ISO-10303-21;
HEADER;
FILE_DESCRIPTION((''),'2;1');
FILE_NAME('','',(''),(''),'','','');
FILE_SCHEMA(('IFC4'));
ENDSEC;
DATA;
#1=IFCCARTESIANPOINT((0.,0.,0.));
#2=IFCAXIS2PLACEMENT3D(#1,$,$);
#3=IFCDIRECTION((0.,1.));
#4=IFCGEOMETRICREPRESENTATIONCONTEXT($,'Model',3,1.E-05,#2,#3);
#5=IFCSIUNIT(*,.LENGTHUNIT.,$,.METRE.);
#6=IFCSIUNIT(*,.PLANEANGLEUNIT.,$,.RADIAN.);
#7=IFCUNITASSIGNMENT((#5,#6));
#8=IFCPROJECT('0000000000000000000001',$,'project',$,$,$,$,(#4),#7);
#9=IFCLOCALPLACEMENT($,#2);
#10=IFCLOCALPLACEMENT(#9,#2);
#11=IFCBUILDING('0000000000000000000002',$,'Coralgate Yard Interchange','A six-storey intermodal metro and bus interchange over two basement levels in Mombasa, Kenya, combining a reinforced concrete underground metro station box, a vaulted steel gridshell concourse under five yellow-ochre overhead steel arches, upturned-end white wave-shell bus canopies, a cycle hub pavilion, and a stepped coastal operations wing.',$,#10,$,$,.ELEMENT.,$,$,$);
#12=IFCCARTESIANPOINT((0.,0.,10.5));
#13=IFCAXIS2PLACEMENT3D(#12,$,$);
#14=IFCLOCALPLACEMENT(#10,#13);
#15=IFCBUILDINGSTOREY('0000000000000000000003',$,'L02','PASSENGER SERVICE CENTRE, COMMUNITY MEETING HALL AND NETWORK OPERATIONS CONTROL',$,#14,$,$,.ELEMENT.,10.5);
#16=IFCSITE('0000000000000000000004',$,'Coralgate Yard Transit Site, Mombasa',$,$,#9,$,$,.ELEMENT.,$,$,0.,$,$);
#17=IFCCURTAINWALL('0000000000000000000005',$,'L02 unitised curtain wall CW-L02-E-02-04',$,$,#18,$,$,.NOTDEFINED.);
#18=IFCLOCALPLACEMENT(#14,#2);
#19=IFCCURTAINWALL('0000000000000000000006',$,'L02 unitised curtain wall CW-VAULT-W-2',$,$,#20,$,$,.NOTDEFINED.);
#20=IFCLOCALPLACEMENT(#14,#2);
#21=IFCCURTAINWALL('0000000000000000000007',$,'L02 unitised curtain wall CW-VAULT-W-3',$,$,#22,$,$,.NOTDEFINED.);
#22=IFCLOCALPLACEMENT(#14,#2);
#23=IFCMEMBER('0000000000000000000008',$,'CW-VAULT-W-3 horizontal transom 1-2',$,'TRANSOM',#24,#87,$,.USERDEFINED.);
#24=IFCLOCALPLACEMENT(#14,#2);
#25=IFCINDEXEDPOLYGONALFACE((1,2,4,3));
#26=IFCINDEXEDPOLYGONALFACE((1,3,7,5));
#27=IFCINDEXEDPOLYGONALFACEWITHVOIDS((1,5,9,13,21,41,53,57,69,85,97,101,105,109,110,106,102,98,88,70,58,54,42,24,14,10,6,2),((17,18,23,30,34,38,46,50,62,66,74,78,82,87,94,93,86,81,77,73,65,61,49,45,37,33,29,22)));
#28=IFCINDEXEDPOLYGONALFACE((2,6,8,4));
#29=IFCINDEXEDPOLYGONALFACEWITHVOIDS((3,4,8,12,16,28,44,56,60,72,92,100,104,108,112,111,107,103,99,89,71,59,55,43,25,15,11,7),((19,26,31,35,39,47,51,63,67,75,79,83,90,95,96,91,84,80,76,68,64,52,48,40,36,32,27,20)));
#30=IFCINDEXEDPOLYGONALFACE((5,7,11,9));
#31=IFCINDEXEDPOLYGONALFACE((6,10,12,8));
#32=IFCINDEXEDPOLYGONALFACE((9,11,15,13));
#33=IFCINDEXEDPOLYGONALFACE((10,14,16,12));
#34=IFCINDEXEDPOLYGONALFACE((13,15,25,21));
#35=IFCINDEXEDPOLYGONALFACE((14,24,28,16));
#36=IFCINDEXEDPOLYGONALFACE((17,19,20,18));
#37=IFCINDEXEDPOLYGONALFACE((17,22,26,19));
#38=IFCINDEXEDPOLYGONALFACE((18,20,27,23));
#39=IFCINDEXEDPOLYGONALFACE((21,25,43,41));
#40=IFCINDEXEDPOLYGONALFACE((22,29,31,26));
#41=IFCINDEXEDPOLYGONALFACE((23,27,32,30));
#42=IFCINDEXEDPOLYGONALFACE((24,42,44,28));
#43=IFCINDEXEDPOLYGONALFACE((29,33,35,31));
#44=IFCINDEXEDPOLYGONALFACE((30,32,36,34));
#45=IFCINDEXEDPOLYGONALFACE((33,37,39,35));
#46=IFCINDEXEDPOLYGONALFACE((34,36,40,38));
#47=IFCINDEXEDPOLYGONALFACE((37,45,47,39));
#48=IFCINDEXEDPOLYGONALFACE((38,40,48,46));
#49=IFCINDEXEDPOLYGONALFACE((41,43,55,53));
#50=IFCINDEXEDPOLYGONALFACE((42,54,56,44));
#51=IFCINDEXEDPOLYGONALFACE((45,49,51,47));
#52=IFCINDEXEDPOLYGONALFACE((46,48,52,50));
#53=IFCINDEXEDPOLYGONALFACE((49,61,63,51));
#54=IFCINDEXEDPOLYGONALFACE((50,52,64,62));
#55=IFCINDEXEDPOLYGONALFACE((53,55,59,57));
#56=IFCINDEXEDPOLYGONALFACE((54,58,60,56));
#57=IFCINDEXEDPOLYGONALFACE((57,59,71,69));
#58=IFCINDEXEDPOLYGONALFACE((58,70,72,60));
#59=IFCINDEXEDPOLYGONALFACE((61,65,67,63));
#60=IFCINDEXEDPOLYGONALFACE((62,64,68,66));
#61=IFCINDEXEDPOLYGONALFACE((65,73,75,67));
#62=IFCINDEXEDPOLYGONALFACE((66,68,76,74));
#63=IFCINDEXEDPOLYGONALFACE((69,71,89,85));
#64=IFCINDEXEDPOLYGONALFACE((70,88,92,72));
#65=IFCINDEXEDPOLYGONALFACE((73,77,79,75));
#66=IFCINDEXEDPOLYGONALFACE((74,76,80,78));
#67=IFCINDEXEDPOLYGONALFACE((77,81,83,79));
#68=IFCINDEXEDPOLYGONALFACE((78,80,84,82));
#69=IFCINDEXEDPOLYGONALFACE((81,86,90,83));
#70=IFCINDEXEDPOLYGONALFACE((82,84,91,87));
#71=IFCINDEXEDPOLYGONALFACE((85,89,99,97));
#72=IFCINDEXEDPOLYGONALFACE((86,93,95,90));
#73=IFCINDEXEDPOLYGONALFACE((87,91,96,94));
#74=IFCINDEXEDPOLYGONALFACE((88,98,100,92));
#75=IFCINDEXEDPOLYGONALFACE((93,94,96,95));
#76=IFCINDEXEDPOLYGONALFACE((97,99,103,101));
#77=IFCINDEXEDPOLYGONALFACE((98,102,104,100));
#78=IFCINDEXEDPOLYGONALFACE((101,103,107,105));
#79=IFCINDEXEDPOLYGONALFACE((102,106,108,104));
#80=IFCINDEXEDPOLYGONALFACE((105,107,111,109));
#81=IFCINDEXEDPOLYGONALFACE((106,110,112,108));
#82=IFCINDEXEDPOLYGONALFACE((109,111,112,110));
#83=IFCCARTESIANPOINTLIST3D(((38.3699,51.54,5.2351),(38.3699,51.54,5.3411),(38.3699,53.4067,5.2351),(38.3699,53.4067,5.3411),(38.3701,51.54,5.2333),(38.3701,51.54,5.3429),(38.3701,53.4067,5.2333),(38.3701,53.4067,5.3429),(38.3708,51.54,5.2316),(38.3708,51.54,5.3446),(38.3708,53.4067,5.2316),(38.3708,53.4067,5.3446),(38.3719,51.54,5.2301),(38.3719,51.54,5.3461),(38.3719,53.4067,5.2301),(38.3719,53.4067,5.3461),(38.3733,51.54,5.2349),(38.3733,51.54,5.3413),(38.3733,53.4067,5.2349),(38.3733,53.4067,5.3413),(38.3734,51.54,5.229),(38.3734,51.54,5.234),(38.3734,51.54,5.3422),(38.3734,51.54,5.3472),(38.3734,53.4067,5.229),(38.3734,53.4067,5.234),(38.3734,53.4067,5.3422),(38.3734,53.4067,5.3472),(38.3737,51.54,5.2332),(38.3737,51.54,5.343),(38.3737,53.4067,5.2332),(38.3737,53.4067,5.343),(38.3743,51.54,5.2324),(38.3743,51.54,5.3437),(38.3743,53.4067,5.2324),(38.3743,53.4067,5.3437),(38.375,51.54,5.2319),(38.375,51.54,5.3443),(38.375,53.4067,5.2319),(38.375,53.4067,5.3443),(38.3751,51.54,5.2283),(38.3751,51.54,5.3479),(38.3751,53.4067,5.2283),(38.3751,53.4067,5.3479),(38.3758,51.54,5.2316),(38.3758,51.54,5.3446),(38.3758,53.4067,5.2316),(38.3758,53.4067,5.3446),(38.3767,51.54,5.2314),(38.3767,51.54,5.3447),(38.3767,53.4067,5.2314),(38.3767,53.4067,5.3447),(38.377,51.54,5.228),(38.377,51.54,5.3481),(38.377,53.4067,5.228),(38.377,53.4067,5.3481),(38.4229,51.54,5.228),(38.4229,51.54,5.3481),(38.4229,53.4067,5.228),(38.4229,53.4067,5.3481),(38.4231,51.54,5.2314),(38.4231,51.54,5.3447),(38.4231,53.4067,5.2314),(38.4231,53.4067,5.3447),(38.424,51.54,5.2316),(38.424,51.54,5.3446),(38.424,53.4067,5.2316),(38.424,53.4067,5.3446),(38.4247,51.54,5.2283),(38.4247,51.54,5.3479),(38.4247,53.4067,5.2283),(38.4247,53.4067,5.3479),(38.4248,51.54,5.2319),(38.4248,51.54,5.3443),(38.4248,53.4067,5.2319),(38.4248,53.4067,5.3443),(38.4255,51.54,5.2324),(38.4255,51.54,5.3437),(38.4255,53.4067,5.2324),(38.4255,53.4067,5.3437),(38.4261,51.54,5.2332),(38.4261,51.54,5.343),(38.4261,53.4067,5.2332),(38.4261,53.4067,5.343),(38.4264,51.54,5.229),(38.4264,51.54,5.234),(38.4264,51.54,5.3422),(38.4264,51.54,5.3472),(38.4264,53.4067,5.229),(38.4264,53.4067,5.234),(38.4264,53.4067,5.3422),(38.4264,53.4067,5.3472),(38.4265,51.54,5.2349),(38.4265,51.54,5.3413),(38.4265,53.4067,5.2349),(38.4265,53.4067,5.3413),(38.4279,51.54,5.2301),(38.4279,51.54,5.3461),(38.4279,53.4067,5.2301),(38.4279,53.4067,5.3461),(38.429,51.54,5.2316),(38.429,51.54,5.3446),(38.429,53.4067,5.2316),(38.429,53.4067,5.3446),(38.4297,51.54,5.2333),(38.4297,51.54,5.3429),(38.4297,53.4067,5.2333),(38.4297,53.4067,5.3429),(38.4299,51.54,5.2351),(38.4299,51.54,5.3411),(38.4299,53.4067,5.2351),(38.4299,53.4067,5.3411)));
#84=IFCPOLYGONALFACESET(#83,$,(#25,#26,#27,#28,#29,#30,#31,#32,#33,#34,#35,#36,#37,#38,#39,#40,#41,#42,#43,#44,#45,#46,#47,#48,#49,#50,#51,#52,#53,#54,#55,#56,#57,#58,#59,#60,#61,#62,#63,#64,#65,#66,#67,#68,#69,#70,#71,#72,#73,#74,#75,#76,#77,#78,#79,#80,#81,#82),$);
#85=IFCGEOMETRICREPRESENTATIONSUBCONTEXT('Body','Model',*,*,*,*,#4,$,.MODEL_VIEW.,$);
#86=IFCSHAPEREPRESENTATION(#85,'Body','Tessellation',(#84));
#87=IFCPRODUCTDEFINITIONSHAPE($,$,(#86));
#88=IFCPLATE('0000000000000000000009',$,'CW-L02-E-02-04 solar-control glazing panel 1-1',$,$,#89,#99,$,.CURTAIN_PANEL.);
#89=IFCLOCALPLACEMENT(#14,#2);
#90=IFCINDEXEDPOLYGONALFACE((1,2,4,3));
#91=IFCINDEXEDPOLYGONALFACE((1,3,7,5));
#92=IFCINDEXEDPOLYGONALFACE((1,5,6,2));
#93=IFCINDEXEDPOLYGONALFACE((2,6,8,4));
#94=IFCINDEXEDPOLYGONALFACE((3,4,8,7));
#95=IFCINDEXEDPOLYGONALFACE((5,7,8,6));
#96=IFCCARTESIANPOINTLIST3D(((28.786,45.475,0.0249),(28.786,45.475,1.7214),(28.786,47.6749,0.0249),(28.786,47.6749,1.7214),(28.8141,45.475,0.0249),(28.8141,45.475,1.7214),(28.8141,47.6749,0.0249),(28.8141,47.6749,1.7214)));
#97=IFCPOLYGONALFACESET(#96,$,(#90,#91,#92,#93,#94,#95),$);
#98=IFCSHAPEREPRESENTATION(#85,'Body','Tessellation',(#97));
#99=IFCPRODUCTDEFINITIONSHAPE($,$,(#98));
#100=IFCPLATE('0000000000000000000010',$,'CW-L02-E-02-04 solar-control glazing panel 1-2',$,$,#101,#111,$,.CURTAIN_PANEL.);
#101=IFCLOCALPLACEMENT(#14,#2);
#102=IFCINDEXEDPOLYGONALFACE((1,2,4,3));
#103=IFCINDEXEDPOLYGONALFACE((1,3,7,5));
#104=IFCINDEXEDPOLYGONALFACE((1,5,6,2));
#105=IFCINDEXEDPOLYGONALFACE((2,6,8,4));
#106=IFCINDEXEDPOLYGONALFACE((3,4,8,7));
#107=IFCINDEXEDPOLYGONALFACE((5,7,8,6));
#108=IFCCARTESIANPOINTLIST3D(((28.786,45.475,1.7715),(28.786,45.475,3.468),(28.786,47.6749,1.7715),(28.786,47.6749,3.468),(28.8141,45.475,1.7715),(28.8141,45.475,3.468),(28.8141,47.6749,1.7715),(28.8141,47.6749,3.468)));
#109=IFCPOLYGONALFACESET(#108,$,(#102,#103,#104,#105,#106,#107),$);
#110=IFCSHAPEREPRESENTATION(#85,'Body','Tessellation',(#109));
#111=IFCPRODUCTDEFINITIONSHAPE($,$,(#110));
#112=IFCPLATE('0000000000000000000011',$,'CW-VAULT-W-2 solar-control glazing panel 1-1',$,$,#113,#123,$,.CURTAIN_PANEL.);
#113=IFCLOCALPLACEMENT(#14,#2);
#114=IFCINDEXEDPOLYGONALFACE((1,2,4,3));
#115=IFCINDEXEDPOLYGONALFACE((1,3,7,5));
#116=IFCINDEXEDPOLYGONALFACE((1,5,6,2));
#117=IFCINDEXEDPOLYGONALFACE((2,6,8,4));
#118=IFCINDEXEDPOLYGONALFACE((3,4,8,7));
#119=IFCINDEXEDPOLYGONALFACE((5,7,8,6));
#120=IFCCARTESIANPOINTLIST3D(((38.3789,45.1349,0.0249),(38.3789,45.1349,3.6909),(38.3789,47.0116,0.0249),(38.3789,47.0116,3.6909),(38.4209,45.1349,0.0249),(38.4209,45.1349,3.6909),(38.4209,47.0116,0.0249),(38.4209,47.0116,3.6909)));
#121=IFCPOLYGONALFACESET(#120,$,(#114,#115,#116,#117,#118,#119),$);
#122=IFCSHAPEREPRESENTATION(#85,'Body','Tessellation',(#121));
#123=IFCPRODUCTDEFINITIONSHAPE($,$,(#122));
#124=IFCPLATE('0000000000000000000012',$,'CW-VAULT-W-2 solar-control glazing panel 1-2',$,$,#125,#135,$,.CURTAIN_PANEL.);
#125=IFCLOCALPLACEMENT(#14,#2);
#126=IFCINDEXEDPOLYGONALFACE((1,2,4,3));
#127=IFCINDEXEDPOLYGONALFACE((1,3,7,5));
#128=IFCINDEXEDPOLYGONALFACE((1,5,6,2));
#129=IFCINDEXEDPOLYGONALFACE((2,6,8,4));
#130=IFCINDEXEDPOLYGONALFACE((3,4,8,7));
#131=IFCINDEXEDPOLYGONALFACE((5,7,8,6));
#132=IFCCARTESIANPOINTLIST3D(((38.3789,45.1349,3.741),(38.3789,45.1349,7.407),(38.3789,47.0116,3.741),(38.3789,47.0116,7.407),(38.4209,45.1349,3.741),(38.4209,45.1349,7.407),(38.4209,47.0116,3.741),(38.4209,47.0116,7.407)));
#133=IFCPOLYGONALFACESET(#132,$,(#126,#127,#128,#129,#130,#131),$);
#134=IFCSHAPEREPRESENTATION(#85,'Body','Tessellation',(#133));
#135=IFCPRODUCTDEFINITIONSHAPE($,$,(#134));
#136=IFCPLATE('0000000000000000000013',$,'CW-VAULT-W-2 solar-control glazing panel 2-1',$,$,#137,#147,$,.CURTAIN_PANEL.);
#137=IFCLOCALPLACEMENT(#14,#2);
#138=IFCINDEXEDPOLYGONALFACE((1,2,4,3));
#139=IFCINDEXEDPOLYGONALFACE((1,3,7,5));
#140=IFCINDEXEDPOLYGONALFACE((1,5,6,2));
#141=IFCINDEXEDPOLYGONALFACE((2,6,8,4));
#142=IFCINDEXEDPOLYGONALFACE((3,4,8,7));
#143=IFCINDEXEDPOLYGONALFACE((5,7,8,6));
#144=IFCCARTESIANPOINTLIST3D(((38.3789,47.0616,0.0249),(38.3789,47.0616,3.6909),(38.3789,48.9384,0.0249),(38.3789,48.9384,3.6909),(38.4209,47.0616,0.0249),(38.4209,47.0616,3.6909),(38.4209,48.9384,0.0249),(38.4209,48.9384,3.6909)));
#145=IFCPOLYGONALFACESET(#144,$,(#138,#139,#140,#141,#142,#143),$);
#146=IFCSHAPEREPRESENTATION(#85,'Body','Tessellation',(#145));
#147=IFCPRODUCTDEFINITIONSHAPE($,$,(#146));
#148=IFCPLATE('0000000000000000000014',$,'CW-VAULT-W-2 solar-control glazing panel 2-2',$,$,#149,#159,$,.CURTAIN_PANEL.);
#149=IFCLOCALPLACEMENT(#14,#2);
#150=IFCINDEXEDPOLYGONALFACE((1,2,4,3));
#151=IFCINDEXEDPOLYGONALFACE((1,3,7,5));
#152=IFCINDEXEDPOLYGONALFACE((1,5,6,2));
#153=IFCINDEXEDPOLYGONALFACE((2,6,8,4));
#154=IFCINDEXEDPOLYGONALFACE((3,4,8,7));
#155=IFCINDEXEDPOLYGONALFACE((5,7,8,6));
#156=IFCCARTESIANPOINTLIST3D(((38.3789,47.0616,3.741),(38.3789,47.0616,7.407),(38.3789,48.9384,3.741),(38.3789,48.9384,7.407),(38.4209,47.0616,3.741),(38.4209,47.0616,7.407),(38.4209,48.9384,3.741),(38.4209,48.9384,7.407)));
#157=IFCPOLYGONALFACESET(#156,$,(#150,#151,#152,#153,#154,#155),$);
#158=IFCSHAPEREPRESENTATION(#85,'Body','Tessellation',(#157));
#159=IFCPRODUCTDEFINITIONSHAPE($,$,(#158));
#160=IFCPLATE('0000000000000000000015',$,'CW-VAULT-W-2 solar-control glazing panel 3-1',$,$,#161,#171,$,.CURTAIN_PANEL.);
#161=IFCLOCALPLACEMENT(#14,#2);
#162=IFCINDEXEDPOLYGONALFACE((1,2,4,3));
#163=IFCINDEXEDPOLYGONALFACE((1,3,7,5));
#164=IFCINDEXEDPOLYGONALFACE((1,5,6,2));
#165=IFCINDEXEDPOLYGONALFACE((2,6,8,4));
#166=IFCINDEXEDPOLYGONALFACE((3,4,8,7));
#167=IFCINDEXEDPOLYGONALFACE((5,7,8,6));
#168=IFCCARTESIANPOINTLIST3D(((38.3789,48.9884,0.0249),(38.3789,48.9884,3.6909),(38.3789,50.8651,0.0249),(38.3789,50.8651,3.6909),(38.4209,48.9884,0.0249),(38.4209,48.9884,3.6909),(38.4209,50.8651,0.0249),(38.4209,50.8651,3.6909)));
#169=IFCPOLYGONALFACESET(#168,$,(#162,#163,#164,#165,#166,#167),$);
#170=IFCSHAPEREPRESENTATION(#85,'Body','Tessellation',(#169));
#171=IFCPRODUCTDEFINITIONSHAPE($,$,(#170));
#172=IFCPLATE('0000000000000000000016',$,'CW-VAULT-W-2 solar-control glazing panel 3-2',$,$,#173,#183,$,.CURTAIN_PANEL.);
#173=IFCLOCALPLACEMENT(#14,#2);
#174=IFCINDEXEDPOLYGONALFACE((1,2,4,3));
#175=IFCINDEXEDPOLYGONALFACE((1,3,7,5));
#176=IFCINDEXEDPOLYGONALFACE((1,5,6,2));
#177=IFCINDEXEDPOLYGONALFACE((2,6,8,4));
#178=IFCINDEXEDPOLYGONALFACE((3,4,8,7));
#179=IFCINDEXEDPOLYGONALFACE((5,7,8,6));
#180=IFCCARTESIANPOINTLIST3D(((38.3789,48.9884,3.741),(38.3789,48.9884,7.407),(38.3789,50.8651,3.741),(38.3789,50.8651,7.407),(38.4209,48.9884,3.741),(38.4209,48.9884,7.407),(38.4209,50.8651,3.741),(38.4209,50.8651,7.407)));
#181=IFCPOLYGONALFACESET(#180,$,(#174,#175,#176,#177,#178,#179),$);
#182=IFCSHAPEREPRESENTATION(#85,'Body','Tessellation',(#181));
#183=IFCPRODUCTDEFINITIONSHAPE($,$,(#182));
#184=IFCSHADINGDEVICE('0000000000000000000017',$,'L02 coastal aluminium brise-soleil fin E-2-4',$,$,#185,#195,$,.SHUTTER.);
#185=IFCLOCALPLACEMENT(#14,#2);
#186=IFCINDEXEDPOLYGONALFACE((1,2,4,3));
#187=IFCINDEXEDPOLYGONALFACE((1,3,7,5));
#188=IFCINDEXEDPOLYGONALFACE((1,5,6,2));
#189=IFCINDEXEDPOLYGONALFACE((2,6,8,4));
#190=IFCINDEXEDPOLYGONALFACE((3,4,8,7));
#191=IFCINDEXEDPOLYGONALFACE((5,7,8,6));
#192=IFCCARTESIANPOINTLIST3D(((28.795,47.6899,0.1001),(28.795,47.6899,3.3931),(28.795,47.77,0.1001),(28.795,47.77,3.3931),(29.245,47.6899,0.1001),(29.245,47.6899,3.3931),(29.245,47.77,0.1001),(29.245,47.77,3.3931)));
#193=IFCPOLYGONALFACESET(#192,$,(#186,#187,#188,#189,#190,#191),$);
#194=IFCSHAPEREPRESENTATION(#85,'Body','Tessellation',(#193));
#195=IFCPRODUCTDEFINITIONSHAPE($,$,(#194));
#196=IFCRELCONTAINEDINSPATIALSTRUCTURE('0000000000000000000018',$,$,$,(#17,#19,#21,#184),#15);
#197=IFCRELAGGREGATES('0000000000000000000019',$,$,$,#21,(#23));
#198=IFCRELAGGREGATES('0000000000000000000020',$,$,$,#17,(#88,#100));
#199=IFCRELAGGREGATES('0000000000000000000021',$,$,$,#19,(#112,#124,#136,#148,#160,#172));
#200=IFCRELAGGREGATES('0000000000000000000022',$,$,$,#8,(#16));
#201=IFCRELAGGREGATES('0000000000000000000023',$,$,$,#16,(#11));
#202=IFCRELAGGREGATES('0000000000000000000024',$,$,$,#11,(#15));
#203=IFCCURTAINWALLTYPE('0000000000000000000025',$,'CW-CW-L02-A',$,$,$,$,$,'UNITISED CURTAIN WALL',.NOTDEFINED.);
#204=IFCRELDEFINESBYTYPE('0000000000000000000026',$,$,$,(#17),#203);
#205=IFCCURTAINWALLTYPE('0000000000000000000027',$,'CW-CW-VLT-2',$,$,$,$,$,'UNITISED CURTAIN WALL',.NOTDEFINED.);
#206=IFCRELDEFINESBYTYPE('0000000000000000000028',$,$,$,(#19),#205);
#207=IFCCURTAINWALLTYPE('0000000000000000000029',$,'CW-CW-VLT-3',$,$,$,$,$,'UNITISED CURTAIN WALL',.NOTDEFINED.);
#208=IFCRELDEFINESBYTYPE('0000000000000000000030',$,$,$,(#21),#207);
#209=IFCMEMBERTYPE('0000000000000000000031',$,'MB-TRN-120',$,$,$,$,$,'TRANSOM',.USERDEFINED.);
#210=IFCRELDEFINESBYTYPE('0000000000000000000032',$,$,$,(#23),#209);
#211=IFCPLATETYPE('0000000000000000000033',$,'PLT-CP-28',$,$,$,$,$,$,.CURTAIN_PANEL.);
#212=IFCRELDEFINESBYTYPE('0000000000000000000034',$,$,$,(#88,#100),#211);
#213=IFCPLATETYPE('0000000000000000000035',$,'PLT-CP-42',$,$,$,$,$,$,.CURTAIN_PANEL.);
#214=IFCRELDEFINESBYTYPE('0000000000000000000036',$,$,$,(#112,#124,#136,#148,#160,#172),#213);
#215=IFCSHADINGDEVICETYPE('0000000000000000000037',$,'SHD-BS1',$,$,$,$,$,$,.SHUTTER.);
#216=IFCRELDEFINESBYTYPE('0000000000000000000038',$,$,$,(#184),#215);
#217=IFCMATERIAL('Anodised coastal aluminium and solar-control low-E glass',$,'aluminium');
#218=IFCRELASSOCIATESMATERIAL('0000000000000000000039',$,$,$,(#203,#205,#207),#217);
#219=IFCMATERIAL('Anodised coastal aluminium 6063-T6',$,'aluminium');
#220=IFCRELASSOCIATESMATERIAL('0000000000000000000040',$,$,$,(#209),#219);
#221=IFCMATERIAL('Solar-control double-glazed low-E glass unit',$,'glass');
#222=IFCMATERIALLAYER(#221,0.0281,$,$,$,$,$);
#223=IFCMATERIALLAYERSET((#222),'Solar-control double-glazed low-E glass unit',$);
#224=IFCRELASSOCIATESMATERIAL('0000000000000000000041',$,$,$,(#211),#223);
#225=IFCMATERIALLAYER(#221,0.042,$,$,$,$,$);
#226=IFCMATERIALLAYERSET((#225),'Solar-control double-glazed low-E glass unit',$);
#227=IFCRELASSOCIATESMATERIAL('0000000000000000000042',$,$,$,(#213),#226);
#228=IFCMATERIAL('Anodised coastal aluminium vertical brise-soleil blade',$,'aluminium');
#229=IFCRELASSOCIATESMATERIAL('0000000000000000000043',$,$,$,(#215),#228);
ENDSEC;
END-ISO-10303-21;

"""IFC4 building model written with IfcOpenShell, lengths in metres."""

from ifc_helpers import new_model, si_unit, direction, frame, origin, origin_2d, place, context, subcontext, project, spatial, rectangle, hollow_rectangle, extrude, material, layer, layer_set, material_profile, profile_set, type_object, element, aggregate, save


model = new_model("IFC4")

# Units and contexts
model_context = context("Model", 3, precision=1e-05, world=origin(), true_north=direction((0.0, 1.0)))
body_context = subcontext(model_context, "Body", "Model", "MODEL_VIEW")
ifc_project = project(units=[si_unit("LENGTHUNIT", "METRE"), si_unit("PLANEANGLEUNIT", "RADIAN")], contexts=[model_context])

# Site, building, storey
site_placement = place(None, origin())
site = spatial("IfcSite", under=ifc_project, at=site_placement, Name="Coralgate Yard Transit Site, Mombasa", CompositionType="ELEMENT", RefElevation=0.0)
building_placement = place(site_placement, origin())
building = spatial("IfcBuilding", under=site, at=building_placement, Name="Coralgate Yard Interchange", Description="A six-storey intermodal metro and bus interchange over two basement levels in Mombasa, Kenya, combining a reinforced concrete underground metro station box, a vaulted steel gridshell concourse under five yellow-ochre overhead steel arches, upturned-end white wave-shell bus canopies, a cycle hub pavilion, and a stepped coastal operations wing.", CompositionType="ELEMENT")
storey_placement = place(building_placement, frame((0.0, 0.0, 10.5)))
storey = spatial("IfcBuildingStorey", under=building, at=storey_placement, Name="L02", Description="PASSENGER SERVICE CENTRE, COMMUNITY MEETING HALL AND NETWORK OPERATIONS CONTROL", CompositionType="ELEMENT", Elevation=10.5)

# Curtain wall
ifc_material_1 = material(Name="Anodised coastal aluminium and solar-control low-E glass", Category="aluminium")
curtain_wall_type_1 = type_object("IfcCurtainWallType", Name="CW-CW-L02-A", ElementType="UNITISED CURTAIN WALL", PredefinedType="NOTDEFINED", material=ifc_material_1)
curtain_wall_1_placement = place(storey_placement, origin())
curtain_wall_1 = element("IfcCurtainWall", 1, at=curtain_wall_1_placement, inside=storey, type_object=curtain_wall_type_1, Name="L02 unitised curtain wall CW-L02-E-02-04", PredefinedType="NOTDEFINED")
ifc_material_2 = material(Name="Anodised coastal aluminium 6063-T6", Category="aluminium")

# Curtain wall
curtain_wall_type_2 = type_object("IfcCurtainWallType", Name="CW-CW-VLT-2", ElementType="UNITISED CURTAIN WALL", PredefinedType="NOTDEFINED", material=ifc_material_1)
curtain_wall_2_placement = place(storey_placement, origin())
curtain_wall_2 = element("IfcCurtainWall", 2, at=curtain_wall_2_placement, inside=storey, type_object=curtain_wall_type_2, Name="L02 unitised curtain wall CW-VAULT-W-2", PredefinedType="NOTDEFINED")

# Curtain wall
curtain_wall_type_3 = type_object("IfcCurtainWallType", Name="CW-CW-VLT-3", ElementType="UNITISED CURTAIN WALL", PredefinedType="NOTDEFINED", material=ifc_material_1)
curtain_wall_3_placement = place(storey_placement, origin())
curtain_wall_3 = element("IfcCurtainWall", 3, at=curtain_wall_3_placement, inside=storey, type_object=curtain_wall_type_3, Name="L02 unitised curtain wall CW-VAULT-W-3", PredefinedType="NOTDEFINED")

# Member
ifc_material_profile_1 = material_profile(ifc_material_2, hollow_rectangle(XDim=0.0601, YDim=0.1201, WallThickness=0.0034, InnerFilletRadius=0.0034, OuterFilletRadius=0.0071, at=origin_2d()), Name="ALU 60x120x3.5")
ifc_profile_set_1 = profile_set([ifc_material_profile_1], Name="Anodised coastal aluminium 6063-T6")
member_type_1 = type_object("IfcMemberType", Name="MB-TRN-120", ElementType="TRANSOM", PredefinedType="USERDEFINED", material=ifc_profile_set_1)
member_1_placement = place(storey_placement, frame((38.3999, 51.54, 5.2881), z_axis=(0.0, 1.0, 0.0), x_axis=(-1.0, 0.0, 0.0)))
member_1 = element("IfcMember", 4, at=member_1_placement, type_object=member_type_1, Name="CW-VAULT-W-3 horizontal transom 1-2", ObjectType="TRANSOM", PredefinedType="USERDEFINED", context=body_context, shape_type="SweptSolid", body=[
    extrude(hollow_rectangle(XDim=0.0601, YDim=0.1201, WallThickness=0.0034, InnerFilletRadius=0.0034, OuterFilletRadius=0.0071, at=origin_2d()), origin(), (0.0, 0.0, 1.0), 1.8667),
])
aggregate(curtain_wall_3, [member_1])

# Plates
ifc_material_3 = material(Name="Solar-control double-glazed low-E glass unit", Category="glass")
ifc_layer_1 = layer(ifc_material_3, 0.0281)
ifc_layer_set_1 = layer_set([ifc_layer_1], Name="Solar-control double-glazed low-E glass unit")
plate_type_1 = type_object("IfcPlateType", Name="PLT-CP-28", PredefinedType="CURTAIN_PANEL", material=ifc_layer_set_1)
plate_1_placement = place(storey_placement, frame((28.8, 46.575, 0.0249), z_axis=(0.0, 0.0, 1.0), x_axis=(0.0, -1.0, 0.0)))
plate_1 = element("IfcPlate", 5, at=plate_1_placement, type_object=plate_type_1, Name="CW-L02-E-02-04 solar-control glazing panel 1-1", PredefinedType="CURTAIN_PANEL", context=body_context, shape_type="SweptSolid", body=[
    extrude(rectangle(XDim=2.2, YDim=0.0281, at=origin_2d()), origin(), (0.0, 0.0, 1.0), 1.6965),
])
plate_2_placement = place(storey_placement, frame((28.8, 46.575, 1.7715), z_axis=(0.0, 0.0, 1.0), x_axis=(0.0, -1.0, 0.0)))
plate_2 = element("IfcPlate", 6, at=plate_2_placement, type_object=plate_type_1, Name="CW-L02-E-02-04 solar-control glazing panel 1-2", PredefinedType="CURTAIN_PANEL", context=body_context, shape_type="SweptSolid", body=[
    extrude(rectangle(XDim=2.2, YDim=0.0281, at=origin_2d()), origin(), (0.0, 0.0, 1.0), 1.6965),
])
aggregate(curtain_wall_1, [plate_1, plate_2])
ifc_layer_2 = layer(ifc_material_3, 0.042)
ifc_layer_set_2 = layer_set([ifc_layer_2], Name="Solar-control double-glazed low-E glass unit")
plate_type_2 = type_object("IfcPlateType", Name="PLT-CP-42", PredefinedType="CURTAIN_PANEL", material=ifc_layer_set_2)
plate_3_placement = place(storey_placement, frame((38.3999, 46.0732, 0.0249), z_axis=(0.0, 0.0, 1.0), x_axis=(0.0, 1.0, 0.0)))
plate_3 = element("IfcPlate", 7, at=plate_3_placement, type_object=plate_type_2, Name="CW-VAULT-W-2 solar-control glazing panel 1-1", PredefinedType="CURTAIN_PANEL", context=body_context, shape_type="SweptSolid", body=[
    extrude(rectangle(XDim=1.8767, YDim=0.042, at=origin_2d()), origin(), (0.0, 0.0, 1.0), 3.666),
])
plate_4_placement = place(storey_placement, frame((38.3999, 46.0732, 3.741), z_axis=(0.0, 0.0, 1.0), x_axis=(0.0, 1.0, 0.0)))
plate_4 = element("IfcPlate", 8, at=plate_4_placement, type_object=plate_type_2, Name="CW-VAULT-W-2 solar-control glazing panel 1-2", PredefinedType="CURTAIN_PANEL", context=body_context, shape_type="SweptSolid", body=[
    extrude(rectangle(XDim=1.8767, YDim=0.042, at=origin_2d()), origin(), (0.0, 0.0, 1.0), 3.666),
])
plate_5_placement = place(storey_placement, frame((38.3999, 48.0, 0.0249), z_axis=(0.0, 0.0, 1.0), x_axis=(0.0, 1.0, 0.0)))
plate_5 = element("IfcPlate", 9, at=plate_5_placement, type_object=plate_type_2, Name="CW-VAULT-W-2 solar-control glazing panel 2-1", PredefinedType="CURTAIN_PANEL", context=body_context, shape_type="SweptSolid", body=[
    extrude(rectangle(XDim=1.8767, YDim=0.042, at=origin_2d()), origin(), (0.0, 0.0, 1.0), 3.666),
])
plate_6_placement = place(storey_placement, frame((38.3999, 48.0, 3.741), z_axis=(0.0, 0.0, 1.0), x_axis=(0.0, 1.0, 0.0)))
plate_6 = element("IfcPlate", 10, at=plate_6_placement, type_object=plate_type_2, Name="CW-VAULT-W-2 solar-control glazing panel 2-2", PredefinedType="CURTAIN_PANEL", context=body_context, shape_type="SweptSolid", body=[
    extrude(rectangle(XDim=1.8767, YDim=0.042, at=origin_2d()), origin(), (0.0, 0.0, 1.0), 3.666),
])
plate_7_placement = place(storey_placement, frame((38.3999, 49.9268, 0.0249), z_axis=(0.0, 0.0, 1.0), x_axis=(0.0, 1.0, 0.0)))
plate_7 = element("IfcPlate", 11, at=plate_7_placement, type_object=plate_type_2, Name="CW-VAULT-W-2 solar-control glazing panel 3-1", PredefinedType="CURTAIN_PANEL", context=body_context, shape_type="SweptSolid", body=[
    extrude(rectangle(XDim=1.8767, YDim=0.042, at=origin_2d()), origin(), (0.0, 0.0, 1.0), 3.666),
])
plate_8_placement = place(storey_placement, frame((38.3999, 49.9268, 3.741), z_axis=(0.0, 0.0, 1.0), x_axis=(0.0, 1.0, 0.0)))
plate_8 = element("IfcPlate", 12, at=plate_8_placement, type_object=plate_type_2, Name="CW-VAULT-W-2 solar-control glazing panel 3-2", PredefinedType="CURTAIN_PANEL", context=body_context, shape_type="SweptSolid", body=[
    extrude(rectangle(XDim=1.8767, YDim=0.042, at=origin_2d()), origin(), (0.0, 0.0, 1.0), 3.666),
])
aggregate(curtain_wall_2, [plate_3, plate_4, plate_5, plate_6, plate_7, plate_8])

# Shading device
ifc_material_4 = material(Name="Anodised coastal aluminium vertical brise-soleil blade", Category="aluminium")
shading_device_type = type_object("IfcShadingDeviceType", Name="SHD-BS1", PredefinedType="SHUTTER", material=ifc_material_4)
shading_device_placement = place(storey_placement, frame((29.02, 47.73, 0.1001), z_axis=(0.0, 0.0, 1.0), x_axis=(0.0, -1.0, 0.0)))
element("IfcShadingDevice", 13, at=shading_device_placement, inside=storey, type_object=shading_device_type, Name="L02 coastal aluminium brise-soleil fin E-2-4", PredefinedType="SHUTTER", context=body_context, shape_type="SweptSolid", body=[
    extrude(rectangle(XDim=0.0801, YDim=0.45, at=origin_2d()), origin(), (0.0, 0.0, 1.0), 3.293),
])

save(model, "model.ifc")
